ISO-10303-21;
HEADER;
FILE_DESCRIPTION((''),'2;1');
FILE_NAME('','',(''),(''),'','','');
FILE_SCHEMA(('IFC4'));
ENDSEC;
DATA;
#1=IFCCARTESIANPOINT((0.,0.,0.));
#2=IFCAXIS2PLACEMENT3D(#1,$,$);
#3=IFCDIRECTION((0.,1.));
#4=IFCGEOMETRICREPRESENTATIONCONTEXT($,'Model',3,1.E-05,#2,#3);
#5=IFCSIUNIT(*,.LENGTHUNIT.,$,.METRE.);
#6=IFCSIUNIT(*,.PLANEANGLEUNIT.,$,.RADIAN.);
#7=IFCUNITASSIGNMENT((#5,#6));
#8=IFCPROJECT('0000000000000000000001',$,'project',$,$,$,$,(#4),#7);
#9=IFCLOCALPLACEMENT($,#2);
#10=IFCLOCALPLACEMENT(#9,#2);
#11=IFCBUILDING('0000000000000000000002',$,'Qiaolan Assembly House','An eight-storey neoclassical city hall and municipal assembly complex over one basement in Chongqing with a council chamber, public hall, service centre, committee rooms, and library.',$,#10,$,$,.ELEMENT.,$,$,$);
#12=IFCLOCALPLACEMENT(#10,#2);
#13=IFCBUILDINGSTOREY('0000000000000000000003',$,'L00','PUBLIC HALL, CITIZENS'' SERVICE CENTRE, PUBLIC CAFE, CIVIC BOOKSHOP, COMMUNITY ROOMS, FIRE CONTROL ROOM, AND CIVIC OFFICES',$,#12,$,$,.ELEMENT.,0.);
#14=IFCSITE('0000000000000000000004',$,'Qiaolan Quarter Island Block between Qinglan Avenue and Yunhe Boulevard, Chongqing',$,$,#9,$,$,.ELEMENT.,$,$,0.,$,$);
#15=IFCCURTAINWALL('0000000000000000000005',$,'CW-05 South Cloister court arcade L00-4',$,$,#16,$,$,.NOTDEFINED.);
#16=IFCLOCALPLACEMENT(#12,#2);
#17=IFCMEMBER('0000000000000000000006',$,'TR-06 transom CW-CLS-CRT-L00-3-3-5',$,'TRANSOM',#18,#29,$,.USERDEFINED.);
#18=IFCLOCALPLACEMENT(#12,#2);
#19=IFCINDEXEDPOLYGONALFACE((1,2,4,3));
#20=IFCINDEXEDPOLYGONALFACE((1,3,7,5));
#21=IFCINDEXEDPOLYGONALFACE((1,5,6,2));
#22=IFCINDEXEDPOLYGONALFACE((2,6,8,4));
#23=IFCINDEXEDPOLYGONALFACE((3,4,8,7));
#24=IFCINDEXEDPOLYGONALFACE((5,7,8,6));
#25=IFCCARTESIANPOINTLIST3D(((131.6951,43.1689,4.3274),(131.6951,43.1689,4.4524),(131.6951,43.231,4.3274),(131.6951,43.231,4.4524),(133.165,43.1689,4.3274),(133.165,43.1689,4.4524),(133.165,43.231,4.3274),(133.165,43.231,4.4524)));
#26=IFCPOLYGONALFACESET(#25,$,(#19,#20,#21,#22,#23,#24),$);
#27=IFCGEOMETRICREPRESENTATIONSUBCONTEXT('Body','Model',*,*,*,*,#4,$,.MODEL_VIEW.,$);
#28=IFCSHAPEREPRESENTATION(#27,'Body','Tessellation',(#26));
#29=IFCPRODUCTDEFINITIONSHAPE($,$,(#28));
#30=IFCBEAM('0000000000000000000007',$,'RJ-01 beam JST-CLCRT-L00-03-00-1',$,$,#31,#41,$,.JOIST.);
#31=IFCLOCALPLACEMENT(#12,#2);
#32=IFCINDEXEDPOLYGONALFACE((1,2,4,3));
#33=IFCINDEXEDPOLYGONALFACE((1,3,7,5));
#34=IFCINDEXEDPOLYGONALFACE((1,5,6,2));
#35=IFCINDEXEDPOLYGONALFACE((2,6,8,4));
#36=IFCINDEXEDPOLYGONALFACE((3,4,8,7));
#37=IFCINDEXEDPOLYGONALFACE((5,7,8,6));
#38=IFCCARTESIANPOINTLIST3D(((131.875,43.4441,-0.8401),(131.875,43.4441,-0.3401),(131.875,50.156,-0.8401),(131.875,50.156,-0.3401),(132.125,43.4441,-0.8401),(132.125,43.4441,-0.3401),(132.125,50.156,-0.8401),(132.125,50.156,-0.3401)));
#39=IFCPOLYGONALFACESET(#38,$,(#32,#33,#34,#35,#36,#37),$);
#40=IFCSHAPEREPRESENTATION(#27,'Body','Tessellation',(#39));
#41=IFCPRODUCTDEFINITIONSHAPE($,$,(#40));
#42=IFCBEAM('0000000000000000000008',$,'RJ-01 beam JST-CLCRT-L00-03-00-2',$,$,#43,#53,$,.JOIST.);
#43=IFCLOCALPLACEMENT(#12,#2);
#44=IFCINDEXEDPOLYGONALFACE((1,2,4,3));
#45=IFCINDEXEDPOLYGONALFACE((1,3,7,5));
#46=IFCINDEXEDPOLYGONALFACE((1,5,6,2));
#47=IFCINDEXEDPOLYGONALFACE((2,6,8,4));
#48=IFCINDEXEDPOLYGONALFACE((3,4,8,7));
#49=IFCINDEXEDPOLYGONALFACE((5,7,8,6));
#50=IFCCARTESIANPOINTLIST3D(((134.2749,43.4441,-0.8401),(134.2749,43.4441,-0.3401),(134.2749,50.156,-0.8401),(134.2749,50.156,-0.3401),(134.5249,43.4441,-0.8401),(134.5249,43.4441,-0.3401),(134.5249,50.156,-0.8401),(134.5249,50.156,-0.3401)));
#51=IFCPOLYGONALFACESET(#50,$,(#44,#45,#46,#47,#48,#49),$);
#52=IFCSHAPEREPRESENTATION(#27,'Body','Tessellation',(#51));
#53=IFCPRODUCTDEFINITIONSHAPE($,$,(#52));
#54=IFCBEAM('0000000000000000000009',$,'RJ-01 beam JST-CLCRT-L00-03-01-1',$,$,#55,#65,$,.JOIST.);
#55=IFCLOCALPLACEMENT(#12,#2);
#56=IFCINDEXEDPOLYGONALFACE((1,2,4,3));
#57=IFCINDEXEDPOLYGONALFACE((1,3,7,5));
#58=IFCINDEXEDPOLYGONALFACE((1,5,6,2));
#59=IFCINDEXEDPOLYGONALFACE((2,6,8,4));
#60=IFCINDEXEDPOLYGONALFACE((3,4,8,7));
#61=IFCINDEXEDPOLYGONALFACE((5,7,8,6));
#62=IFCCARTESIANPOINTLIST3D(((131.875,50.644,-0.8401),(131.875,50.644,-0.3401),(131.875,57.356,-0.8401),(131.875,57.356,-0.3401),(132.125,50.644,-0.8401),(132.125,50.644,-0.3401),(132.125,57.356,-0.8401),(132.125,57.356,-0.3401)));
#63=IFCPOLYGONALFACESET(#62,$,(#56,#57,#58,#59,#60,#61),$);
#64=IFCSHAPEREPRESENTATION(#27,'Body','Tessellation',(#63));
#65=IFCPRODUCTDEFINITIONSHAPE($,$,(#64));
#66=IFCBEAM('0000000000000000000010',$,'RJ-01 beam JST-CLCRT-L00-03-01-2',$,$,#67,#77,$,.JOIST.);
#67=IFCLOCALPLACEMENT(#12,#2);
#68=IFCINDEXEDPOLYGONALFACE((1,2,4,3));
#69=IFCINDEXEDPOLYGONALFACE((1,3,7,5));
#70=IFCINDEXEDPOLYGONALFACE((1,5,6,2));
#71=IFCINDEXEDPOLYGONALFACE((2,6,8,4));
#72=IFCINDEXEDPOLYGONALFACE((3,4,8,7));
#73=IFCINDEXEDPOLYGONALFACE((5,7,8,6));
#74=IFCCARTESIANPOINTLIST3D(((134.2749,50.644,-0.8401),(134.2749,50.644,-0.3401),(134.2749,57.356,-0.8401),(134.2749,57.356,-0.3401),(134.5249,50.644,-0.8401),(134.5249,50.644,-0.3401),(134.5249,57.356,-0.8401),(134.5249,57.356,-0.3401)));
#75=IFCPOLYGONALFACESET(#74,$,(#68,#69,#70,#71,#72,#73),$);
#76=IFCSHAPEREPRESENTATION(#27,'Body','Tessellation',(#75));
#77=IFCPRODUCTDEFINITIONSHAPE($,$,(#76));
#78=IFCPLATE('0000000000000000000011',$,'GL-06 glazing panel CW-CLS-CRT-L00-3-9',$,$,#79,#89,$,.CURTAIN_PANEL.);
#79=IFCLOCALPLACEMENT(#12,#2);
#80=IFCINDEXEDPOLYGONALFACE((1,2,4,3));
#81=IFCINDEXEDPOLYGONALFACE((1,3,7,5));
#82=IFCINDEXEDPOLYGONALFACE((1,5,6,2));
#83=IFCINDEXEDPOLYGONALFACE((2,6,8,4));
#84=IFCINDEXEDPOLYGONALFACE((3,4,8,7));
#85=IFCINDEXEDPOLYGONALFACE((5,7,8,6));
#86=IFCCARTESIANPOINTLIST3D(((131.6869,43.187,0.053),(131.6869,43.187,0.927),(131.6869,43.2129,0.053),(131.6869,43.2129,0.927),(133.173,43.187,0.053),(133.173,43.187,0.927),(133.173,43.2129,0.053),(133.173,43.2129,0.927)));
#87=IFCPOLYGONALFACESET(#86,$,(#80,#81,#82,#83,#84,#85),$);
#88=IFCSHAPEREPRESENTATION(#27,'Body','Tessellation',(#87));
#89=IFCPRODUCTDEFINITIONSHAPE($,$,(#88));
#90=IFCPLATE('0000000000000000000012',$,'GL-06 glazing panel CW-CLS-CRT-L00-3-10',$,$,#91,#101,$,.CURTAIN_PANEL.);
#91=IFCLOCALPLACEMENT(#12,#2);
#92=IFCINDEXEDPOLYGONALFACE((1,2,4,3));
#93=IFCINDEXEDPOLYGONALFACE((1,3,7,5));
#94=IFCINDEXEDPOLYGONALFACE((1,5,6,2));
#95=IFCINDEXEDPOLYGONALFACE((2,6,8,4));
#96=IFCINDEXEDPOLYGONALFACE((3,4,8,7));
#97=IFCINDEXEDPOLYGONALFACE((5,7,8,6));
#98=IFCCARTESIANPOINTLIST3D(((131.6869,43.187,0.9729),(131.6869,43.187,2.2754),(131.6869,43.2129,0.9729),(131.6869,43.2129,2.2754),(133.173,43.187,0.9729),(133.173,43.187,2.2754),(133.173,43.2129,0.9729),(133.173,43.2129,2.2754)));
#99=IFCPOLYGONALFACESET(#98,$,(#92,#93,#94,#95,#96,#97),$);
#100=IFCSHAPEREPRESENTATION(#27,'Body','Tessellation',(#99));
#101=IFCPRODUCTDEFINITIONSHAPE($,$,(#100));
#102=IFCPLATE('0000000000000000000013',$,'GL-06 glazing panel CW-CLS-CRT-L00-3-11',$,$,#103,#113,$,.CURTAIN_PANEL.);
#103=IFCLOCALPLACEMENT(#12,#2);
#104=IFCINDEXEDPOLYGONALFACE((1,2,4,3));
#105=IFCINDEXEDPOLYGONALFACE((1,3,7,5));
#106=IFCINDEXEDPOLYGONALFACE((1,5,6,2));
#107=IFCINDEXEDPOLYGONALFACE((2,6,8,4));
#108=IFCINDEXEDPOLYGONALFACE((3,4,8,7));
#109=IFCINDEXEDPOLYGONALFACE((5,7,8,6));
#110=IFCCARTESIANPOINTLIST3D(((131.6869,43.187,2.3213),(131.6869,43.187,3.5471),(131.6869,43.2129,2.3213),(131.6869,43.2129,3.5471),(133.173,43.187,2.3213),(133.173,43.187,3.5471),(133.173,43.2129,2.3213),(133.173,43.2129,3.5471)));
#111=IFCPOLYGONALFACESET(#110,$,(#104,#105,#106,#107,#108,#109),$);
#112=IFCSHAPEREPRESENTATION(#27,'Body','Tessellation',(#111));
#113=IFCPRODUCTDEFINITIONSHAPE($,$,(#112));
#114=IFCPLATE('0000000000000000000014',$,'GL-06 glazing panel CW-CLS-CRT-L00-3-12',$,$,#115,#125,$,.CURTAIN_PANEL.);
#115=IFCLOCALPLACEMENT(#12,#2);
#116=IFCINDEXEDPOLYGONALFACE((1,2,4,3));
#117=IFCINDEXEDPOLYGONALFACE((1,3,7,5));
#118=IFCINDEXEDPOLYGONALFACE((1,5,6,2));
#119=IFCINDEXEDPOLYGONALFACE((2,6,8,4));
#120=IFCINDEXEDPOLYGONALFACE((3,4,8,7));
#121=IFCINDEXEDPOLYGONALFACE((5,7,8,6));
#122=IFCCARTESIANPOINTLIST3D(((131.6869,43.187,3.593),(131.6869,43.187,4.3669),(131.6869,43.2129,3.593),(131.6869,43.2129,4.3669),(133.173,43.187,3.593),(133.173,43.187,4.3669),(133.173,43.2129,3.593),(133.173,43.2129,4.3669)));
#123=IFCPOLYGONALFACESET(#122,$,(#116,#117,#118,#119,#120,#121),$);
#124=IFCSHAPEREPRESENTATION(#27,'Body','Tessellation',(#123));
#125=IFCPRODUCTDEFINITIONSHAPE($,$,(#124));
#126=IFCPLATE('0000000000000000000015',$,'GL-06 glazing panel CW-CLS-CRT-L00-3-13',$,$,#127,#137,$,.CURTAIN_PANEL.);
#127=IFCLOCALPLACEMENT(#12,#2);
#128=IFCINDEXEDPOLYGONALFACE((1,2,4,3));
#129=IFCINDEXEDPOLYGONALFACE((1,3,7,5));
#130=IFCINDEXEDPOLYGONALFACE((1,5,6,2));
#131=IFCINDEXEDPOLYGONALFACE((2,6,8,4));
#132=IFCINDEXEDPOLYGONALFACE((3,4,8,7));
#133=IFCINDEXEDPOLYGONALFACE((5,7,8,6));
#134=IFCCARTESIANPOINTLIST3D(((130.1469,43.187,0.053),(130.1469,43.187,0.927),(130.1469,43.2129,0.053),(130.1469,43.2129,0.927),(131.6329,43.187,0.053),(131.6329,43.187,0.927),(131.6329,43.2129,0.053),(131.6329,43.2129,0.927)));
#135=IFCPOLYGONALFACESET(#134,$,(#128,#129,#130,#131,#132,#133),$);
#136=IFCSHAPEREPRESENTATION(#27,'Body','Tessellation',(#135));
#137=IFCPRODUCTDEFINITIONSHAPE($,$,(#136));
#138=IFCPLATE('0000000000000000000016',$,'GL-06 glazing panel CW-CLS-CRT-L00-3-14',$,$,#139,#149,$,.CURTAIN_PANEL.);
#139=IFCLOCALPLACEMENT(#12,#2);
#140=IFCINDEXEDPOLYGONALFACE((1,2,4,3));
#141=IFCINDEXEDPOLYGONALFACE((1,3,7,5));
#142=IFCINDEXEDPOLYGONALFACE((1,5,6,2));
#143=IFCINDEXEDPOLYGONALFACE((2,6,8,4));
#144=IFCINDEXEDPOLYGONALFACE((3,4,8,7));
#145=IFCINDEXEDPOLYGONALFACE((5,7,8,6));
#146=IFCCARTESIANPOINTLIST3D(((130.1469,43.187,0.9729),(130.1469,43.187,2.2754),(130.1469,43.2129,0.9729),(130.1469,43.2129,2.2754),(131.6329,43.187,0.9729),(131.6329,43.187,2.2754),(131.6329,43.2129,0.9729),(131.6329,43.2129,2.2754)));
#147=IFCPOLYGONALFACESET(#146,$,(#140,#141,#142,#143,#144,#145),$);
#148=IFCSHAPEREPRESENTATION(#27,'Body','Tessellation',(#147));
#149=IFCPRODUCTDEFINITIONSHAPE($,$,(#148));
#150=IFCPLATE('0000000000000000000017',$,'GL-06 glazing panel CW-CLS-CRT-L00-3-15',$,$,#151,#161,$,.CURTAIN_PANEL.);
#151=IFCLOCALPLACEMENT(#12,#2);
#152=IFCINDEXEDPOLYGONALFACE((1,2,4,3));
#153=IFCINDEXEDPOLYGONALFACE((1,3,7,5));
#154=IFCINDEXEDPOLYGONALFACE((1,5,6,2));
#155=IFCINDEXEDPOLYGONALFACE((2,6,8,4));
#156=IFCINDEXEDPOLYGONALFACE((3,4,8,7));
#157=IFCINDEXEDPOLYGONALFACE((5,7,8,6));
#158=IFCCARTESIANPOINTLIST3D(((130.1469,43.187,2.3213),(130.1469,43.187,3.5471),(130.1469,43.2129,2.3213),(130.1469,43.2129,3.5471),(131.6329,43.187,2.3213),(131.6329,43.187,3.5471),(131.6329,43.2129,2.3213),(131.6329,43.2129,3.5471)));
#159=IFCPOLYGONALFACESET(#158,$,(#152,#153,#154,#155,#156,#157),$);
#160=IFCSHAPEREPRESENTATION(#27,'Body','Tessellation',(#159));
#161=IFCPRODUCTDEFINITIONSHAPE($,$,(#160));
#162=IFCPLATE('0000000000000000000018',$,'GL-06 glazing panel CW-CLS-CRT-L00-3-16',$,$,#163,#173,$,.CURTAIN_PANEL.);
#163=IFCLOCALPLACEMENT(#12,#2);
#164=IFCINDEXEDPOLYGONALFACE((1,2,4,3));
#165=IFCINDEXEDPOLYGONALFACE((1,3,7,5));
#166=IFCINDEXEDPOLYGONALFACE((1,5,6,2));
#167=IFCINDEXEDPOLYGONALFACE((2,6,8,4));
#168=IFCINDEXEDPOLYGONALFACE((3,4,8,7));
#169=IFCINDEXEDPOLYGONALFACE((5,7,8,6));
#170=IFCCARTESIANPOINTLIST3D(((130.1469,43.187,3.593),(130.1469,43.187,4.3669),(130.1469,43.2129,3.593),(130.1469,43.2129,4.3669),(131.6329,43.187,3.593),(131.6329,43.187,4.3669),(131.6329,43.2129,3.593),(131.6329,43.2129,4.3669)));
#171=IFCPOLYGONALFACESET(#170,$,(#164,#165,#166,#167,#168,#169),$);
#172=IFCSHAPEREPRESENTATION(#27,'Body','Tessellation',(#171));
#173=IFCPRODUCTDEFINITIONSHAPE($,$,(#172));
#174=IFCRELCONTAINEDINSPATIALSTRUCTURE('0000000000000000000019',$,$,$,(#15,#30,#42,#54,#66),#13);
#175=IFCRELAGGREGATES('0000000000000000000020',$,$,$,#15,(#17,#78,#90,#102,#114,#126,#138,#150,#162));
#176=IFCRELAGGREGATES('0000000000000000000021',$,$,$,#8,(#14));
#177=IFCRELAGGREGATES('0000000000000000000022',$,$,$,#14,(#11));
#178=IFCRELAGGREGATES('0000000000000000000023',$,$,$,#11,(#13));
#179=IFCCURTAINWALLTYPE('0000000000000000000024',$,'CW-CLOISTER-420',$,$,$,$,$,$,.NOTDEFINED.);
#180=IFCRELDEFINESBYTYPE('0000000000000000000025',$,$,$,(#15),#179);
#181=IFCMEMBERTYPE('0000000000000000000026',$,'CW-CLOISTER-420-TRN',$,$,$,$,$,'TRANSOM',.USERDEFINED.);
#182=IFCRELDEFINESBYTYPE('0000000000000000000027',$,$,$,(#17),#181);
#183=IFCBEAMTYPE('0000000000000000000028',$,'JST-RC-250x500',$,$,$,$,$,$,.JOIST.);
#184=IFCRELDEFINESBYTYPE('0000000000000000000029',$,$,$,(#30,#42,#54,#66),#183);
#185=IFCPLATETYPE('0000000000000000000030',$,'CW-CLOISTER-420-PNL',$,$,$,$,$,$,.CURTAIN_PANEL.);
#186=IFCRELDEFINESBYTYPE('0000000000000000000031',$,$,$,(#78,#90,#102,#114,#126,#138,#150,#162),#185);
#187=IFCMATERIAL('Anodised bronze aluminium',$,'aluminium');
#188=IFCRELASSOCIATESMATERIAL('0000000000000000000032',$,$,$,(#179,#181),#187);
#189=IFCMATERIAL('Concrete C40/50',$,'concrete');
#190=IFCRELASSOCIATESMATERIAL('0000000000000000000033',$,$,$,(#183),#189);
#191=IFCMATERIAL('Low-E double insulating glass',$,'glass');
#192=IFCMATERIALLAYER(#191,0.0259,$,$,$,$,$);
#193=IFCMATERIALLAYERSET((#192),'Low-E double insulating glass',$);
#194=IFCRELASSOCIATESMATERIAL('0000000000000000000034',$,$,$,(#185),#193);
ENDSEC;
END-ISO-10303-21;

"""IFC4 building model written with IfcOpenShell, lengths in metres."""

from ifc_helpers import new_model, si_unit, direction, frame, frame_2d, origin, origin_2d, place, context, subcontext, project, spatial, rectangle, extrude, material, layer, layer_set, material_profile, profile_set, type_object, element, aggregate, save


model = new_model("IFC4")

# Units and contexts
model_context = context("Model", 3, precision=1e-05, world=origin(), true_north=direction((0.0, 1.0)))
body_context = subcontext(model_context, "Body", "Model", "MODEL_VIEW")
ifc_project = project(units=[si_unit("LENGTHUNIT", "METRE"), si_unit("PLANEANGLEUNIT", "RADIAN")], contexts=[model_context])

# Site, building, storey
site_placement = place(None, origin())
site = spatial("IfcSite", under=ifc_project, at=site_placement, Name="Qiaolan Quarter Island Block between Qinglan Avenue and Yunhe Boulevard, Chongqing", CompositionType="ELEMENT", RefElevation=0.0)
building_placement = place(site_placement, origin())
building = spatial("IfcBuilding", under=site, at=building_placement, Name="Qiaolan Assembly House", Description="An eight-storey neoclassical city hall and municipal assembly complex over one basement in Chongqing with a council chamber, public hall, service centre, committee rooms, and library.", CompositionType="ELEMENT")
storey_placement = place(building_placement, origin())
storey = spatial("IfcBuildingStorey", under=building, at=storey_placement, Name="L00", Description="PUBLIC HALL, CITIZENS' SERVICE CENTRE, PUBLIC CAFE, CIVIC BOOKSHOP, COMMUNITY ROOMS, FIRE CONTROL ROOM, AND CIVIC OFFICES", CompositionType="ELEMENT", Elevation=0.0)

# Shared definitions
ifc_material_1 = material(Name="Concrete C40/50", Category="concrete")

# Curtain wall, member
ifc_material_2 = material(Name="Anodised bronze aluminium", Category="aluminium")
curtain_wall_type = type_object("IfcCurtainWallType", Name="CW-CLOISTER-420", PredefinedType="NOTDEFINED", material=ifc_material_2)
curtain_wall_placement = place(storey_placement, origin())
curtain_wall = element("IfcCurtainWall", 1, at=curtain_wall_placement, inside=storey, type_object=curtain_wall_type, Name="CW-05 South Cloister court arcade L00-4", PredefinedType="NOTDEFINED")
ifc_material_profile_1 = material_profile(ifc_material_2, rectangle(XDim=0.062, YDim=0.125, at=origin_2d()), Name="TRN 62x125")
ifc_profile_set_1 = profile_set([ifc_material_profile_1], Name="Anodised bronze aluminium")
member_type_1 = type_object("IfcMemberType", Name="CW-CLOISTER-420-TRN", ElementType="TRANSOM", PredefinedType="USERDEFINED", material=ifc_profile_set_1)
member_1_placement = place(storey_placement, frame((133.165, 43.2, 4.3899), z_axis=(-1.0, 0.0, 0.0), x_axis=(0.0, -1.0, 0.0)))
member_1 = element("IfcMember", 2, at=member_1_placement, type_object=member_type_1, Name="TR-06 transom CW-CLS-CRT-L00-3-3-5", ObjectType="TRANSOM", PredefinedType="USERDEFINED", context=body_context, shape_type="SweptSolid", body=[
    extrude(rectangle(XDim=0.062, YDim=0.125, at=origin_2d()), origin(), (0.0, 0.0, 1.0), 1.47),
])

# Beams
ifc_material_profile_2 = material_profile(ifc_material_1, rectangle(XDim=0.25, YDim=0.5, at=origin_2d()), Name="RCB 250x500")
ifc_profile_set_2 = profile_set([ifc_material_profile_2], Name="Concrete C40/50")
beam_type_1 = type_object("IfcBeamType", Name="JST-RC-250x500", PredefinedType="JOIST", material=ifc_profile_set_2)
for number, where, z_axis, x_axis, name in (
    (3, (132.0, 43.4441, -0.5901), (0.0, 1.0, 0.0), (-1.0, 0.0, 0.0), "RJ-01 beam JST-CLCRT-L00-03-00-1"),
    (4, (134.3999, 43.4441, -0.5901), (0.0, 1.0, 0.0), (-1.0, 0.0, 0.0), "RJ-01 beam JST-CLCRT-L00-03-00-2"),
    (5, (132.0, 50.644, -0.5901), (0.0, 1.0, 0.0), (-1.0, 0.0, 0.0), "RJ-01 beam JST-CLCRT-L00-03-01-1"),
    (6, (134.3999, 50.644, -0.5901), (0.0, 1.0, 0.0), (-1.0, 0.0, 0.0), "RJ-01 beam JST-CLCRT-L00-03-01-2"),
):
    element("IfcBeam", number, at=place(storey_placement, frame(where, z_axis=z_axis, x_axis=x_axis)), inside=storey, type_object=beam_type_1, Name=name, PredefinedType="JOIST", context=body_context, shape_type="SweptSolid", body=[
        extrude(rectangle(XDim=0.25, YDim=0.5, at=origin_2d()), origin(), (0.0, 0.0, 1.0), 6.7119),
    ])

# Plates
ifc_material_3 = material(Name="Low-E double insulating glass", Category="glass")
ifc_layer = layer(ifc_material_3, 0.0259)
ifc_layer_set = layer_set([ifc_layer], Name="Low-E double insulating glass")
plate_type = type_object("IfcPlateType", Name="CW-CLOISTER-420-PNL", PredefinedType="CURTAIN_PANEL", material=ifc_layer_set)
plate_1_placement = place(storey_placement, frame((133.1731, 43.2, 0.053), z_axis=(0.0, 0.0, 1.0), x_axis=(-1.0, 0.0, 0.0)))
plate_1 = element("IfcPlate", 7, at=plate_1_placement, type_object=plate_type, Name="GL-06 glazing panel CW-CLS-CRT-L00-3-9", PredefinedType="CURTAIN_PANEL", context=body_context, shape_type="SweptSolid", body=[
    extrude(rectangle(XDim=1.4861, YDim=0.0259, at=frame_2d((0.7432, 0.0))), origin(), (0.0, 0.0, 1.0), 0.874),
])
plate_2_placement = place(storey_placement, frame((133.1731, 43.2, 0.9729), z_axis=(0.0, 0.0, 1.0), x_axis=(-1.0, 0.0, 0.0)))
plate_2 = element("IfcPlate", 8, at=plate_2_placement, type_object=plate_type, Name="GL-06 glazing panel CW-CLS-CRT-L00-3-10", PredefinedType="CURTAIN_PANEL", context=body_context, shape_type="SweptSolid", body=[
    extrude(rectangle(XDim=1.4861, YDim=0.0259, at=frame_2d((0.7432, 0.0))), origin(), (0.0, 0.0, 1.0), 1.3025),
])
plate_3_placement = place(storey_placement, frame((133.1731, 43.2, 2.3213), z_axis=(0.0, 0.0, 1.0), x_axis=(-1.0, 0.0, 0.0)))
plate_3 = element("IfcPlate", 9, at=plate_3_placement, type_object=plate_type, Name="GL-06 glazing panel CW-CLS-CRT-L00-3-11", PredefinedType="CURTAIN_PANEL", context=body_context, shape_type="SweptSolid", body=[
    extrude(rectangle(XDim=1.4861, YDim=0.0259, at=frame_2d((0.7432, 0.0))), origin(), (0.0, 0.0, 1.0), 1.2258),
])
plate_4_placement = place(storey_placement, frame((133.1731, 43.2, 3.593), z_axis=(0.0, 0.0, 1.0), x_axis=(-1.0, 0.0, 0.0)))
plate_4 = element("IfcPlate", 10, at=plate_4_placement, type_object=plate_type, Name="GL-06 glazing panel CW-CLS-CRT-L00-3-12", PredefinedType="CURTAIN_PANEL", context=body_context, shape_type="SweptSolid", body=[
    extrude(rectangle(XDim=1.4861, YDim=0.0259, at=frame_2d((0.7432, 0.0))), origin(), (0.0, 0.0, 1.0), 0.7739),
])
plate_5_placement = place(storey_placement, frame((131.6331, 43.2, 0.053), z_axis=(0.0, 0.0, 1.0), x_axis=(-1.0, 0.0, 0.0)))
plate_5 = element("IfcPlate", 11, at=plate_5_placement, type_object=plate_type, Name="GL-06 glazing panel CW-CLS-CRT-L00-3-13", PredefinedType="CURTAIN_PANEL", context=body_context, shape_type="SweptSolid", body=[
    extrude(rectangle(XDim=1.4861, YDim=0.0259, at=frame_2d((0.7432, 0.0))), origin(), (0.0, 0.0, 1.0), 0.874),
])
plate_6_placement = place(storey_placement, frame((131.6331, 43.2, 0.9729), z_axis=(0.0, 0.0, 1.0), x_axis=(-1.0, 0.0, 0.0)))
plate_6 = element("IfcPlate", 12, at=plate_6_placement, type_object=plate_type, Name="GL-06 glazing panel CW-CLS-CRT-L00-3-14", PredefinedType="CURTAIN_PANEL", context=body_context, shape_type="SweptSolid", body=[
    extrude(rectangle(XDim=1.4861, YDim=0.0259, at=frame_2d((0.7432, 0.0))), origin(), (0.0, 0.0, 1.0), 1.3025),
])
plate_7_placement = place(storey_placement, frame((131.6331, 43.2, 2.3213), z_axis=(0.0, 0.0, 1.0), x_axis=(-1.0, 0.0, 0.0)))
plate_7 = element("IfcPlate", 13, at=plate_7_placement, type_object=plate_type, Name="GL-06 glazing panel CW-CLS-CRT-L00-3-15", PredefinedType="CURTAIN_PANEL", context=body_context, shape_type="SweptSolid", body=[
    extrude(rectangle(XDim=1.4861, YDim=0.0259, at=frame_2d((0.7432, 0.0))), origin(), (0.0, 0.0, 1.0), 1.2258),
])
plate_8_placement = place(storey_placement, frame((131.6331, 43.2, 3.593), z_axis=(0.0, 0.0, 1.0), x_axis=(-1.0, 0.0, 0.0)))
plate_8 = element("IfcPlate", 14, at=plate_8_placement, type_object=plate_type, Name="GL-06 glazing panel CW-CLS-CRT-L00-3-16", PredefinedType="CURTAIN_PANEL", context=body_context, shape_type="SweptSolid", body=[
    extrude(rectangle(XDim=1.4861, YDim=0.0259, at=frame_2d((0.7432, 0.0))), origin(), (0.0, 0.0, 1.0), 0.7739),
])
aggregate(curtain_wall, [member_1, plate_1, plate_2, plate_3, plate_4, plate_5, plate_6, plate_7, plate_8])

save(model, "model.ifc")
